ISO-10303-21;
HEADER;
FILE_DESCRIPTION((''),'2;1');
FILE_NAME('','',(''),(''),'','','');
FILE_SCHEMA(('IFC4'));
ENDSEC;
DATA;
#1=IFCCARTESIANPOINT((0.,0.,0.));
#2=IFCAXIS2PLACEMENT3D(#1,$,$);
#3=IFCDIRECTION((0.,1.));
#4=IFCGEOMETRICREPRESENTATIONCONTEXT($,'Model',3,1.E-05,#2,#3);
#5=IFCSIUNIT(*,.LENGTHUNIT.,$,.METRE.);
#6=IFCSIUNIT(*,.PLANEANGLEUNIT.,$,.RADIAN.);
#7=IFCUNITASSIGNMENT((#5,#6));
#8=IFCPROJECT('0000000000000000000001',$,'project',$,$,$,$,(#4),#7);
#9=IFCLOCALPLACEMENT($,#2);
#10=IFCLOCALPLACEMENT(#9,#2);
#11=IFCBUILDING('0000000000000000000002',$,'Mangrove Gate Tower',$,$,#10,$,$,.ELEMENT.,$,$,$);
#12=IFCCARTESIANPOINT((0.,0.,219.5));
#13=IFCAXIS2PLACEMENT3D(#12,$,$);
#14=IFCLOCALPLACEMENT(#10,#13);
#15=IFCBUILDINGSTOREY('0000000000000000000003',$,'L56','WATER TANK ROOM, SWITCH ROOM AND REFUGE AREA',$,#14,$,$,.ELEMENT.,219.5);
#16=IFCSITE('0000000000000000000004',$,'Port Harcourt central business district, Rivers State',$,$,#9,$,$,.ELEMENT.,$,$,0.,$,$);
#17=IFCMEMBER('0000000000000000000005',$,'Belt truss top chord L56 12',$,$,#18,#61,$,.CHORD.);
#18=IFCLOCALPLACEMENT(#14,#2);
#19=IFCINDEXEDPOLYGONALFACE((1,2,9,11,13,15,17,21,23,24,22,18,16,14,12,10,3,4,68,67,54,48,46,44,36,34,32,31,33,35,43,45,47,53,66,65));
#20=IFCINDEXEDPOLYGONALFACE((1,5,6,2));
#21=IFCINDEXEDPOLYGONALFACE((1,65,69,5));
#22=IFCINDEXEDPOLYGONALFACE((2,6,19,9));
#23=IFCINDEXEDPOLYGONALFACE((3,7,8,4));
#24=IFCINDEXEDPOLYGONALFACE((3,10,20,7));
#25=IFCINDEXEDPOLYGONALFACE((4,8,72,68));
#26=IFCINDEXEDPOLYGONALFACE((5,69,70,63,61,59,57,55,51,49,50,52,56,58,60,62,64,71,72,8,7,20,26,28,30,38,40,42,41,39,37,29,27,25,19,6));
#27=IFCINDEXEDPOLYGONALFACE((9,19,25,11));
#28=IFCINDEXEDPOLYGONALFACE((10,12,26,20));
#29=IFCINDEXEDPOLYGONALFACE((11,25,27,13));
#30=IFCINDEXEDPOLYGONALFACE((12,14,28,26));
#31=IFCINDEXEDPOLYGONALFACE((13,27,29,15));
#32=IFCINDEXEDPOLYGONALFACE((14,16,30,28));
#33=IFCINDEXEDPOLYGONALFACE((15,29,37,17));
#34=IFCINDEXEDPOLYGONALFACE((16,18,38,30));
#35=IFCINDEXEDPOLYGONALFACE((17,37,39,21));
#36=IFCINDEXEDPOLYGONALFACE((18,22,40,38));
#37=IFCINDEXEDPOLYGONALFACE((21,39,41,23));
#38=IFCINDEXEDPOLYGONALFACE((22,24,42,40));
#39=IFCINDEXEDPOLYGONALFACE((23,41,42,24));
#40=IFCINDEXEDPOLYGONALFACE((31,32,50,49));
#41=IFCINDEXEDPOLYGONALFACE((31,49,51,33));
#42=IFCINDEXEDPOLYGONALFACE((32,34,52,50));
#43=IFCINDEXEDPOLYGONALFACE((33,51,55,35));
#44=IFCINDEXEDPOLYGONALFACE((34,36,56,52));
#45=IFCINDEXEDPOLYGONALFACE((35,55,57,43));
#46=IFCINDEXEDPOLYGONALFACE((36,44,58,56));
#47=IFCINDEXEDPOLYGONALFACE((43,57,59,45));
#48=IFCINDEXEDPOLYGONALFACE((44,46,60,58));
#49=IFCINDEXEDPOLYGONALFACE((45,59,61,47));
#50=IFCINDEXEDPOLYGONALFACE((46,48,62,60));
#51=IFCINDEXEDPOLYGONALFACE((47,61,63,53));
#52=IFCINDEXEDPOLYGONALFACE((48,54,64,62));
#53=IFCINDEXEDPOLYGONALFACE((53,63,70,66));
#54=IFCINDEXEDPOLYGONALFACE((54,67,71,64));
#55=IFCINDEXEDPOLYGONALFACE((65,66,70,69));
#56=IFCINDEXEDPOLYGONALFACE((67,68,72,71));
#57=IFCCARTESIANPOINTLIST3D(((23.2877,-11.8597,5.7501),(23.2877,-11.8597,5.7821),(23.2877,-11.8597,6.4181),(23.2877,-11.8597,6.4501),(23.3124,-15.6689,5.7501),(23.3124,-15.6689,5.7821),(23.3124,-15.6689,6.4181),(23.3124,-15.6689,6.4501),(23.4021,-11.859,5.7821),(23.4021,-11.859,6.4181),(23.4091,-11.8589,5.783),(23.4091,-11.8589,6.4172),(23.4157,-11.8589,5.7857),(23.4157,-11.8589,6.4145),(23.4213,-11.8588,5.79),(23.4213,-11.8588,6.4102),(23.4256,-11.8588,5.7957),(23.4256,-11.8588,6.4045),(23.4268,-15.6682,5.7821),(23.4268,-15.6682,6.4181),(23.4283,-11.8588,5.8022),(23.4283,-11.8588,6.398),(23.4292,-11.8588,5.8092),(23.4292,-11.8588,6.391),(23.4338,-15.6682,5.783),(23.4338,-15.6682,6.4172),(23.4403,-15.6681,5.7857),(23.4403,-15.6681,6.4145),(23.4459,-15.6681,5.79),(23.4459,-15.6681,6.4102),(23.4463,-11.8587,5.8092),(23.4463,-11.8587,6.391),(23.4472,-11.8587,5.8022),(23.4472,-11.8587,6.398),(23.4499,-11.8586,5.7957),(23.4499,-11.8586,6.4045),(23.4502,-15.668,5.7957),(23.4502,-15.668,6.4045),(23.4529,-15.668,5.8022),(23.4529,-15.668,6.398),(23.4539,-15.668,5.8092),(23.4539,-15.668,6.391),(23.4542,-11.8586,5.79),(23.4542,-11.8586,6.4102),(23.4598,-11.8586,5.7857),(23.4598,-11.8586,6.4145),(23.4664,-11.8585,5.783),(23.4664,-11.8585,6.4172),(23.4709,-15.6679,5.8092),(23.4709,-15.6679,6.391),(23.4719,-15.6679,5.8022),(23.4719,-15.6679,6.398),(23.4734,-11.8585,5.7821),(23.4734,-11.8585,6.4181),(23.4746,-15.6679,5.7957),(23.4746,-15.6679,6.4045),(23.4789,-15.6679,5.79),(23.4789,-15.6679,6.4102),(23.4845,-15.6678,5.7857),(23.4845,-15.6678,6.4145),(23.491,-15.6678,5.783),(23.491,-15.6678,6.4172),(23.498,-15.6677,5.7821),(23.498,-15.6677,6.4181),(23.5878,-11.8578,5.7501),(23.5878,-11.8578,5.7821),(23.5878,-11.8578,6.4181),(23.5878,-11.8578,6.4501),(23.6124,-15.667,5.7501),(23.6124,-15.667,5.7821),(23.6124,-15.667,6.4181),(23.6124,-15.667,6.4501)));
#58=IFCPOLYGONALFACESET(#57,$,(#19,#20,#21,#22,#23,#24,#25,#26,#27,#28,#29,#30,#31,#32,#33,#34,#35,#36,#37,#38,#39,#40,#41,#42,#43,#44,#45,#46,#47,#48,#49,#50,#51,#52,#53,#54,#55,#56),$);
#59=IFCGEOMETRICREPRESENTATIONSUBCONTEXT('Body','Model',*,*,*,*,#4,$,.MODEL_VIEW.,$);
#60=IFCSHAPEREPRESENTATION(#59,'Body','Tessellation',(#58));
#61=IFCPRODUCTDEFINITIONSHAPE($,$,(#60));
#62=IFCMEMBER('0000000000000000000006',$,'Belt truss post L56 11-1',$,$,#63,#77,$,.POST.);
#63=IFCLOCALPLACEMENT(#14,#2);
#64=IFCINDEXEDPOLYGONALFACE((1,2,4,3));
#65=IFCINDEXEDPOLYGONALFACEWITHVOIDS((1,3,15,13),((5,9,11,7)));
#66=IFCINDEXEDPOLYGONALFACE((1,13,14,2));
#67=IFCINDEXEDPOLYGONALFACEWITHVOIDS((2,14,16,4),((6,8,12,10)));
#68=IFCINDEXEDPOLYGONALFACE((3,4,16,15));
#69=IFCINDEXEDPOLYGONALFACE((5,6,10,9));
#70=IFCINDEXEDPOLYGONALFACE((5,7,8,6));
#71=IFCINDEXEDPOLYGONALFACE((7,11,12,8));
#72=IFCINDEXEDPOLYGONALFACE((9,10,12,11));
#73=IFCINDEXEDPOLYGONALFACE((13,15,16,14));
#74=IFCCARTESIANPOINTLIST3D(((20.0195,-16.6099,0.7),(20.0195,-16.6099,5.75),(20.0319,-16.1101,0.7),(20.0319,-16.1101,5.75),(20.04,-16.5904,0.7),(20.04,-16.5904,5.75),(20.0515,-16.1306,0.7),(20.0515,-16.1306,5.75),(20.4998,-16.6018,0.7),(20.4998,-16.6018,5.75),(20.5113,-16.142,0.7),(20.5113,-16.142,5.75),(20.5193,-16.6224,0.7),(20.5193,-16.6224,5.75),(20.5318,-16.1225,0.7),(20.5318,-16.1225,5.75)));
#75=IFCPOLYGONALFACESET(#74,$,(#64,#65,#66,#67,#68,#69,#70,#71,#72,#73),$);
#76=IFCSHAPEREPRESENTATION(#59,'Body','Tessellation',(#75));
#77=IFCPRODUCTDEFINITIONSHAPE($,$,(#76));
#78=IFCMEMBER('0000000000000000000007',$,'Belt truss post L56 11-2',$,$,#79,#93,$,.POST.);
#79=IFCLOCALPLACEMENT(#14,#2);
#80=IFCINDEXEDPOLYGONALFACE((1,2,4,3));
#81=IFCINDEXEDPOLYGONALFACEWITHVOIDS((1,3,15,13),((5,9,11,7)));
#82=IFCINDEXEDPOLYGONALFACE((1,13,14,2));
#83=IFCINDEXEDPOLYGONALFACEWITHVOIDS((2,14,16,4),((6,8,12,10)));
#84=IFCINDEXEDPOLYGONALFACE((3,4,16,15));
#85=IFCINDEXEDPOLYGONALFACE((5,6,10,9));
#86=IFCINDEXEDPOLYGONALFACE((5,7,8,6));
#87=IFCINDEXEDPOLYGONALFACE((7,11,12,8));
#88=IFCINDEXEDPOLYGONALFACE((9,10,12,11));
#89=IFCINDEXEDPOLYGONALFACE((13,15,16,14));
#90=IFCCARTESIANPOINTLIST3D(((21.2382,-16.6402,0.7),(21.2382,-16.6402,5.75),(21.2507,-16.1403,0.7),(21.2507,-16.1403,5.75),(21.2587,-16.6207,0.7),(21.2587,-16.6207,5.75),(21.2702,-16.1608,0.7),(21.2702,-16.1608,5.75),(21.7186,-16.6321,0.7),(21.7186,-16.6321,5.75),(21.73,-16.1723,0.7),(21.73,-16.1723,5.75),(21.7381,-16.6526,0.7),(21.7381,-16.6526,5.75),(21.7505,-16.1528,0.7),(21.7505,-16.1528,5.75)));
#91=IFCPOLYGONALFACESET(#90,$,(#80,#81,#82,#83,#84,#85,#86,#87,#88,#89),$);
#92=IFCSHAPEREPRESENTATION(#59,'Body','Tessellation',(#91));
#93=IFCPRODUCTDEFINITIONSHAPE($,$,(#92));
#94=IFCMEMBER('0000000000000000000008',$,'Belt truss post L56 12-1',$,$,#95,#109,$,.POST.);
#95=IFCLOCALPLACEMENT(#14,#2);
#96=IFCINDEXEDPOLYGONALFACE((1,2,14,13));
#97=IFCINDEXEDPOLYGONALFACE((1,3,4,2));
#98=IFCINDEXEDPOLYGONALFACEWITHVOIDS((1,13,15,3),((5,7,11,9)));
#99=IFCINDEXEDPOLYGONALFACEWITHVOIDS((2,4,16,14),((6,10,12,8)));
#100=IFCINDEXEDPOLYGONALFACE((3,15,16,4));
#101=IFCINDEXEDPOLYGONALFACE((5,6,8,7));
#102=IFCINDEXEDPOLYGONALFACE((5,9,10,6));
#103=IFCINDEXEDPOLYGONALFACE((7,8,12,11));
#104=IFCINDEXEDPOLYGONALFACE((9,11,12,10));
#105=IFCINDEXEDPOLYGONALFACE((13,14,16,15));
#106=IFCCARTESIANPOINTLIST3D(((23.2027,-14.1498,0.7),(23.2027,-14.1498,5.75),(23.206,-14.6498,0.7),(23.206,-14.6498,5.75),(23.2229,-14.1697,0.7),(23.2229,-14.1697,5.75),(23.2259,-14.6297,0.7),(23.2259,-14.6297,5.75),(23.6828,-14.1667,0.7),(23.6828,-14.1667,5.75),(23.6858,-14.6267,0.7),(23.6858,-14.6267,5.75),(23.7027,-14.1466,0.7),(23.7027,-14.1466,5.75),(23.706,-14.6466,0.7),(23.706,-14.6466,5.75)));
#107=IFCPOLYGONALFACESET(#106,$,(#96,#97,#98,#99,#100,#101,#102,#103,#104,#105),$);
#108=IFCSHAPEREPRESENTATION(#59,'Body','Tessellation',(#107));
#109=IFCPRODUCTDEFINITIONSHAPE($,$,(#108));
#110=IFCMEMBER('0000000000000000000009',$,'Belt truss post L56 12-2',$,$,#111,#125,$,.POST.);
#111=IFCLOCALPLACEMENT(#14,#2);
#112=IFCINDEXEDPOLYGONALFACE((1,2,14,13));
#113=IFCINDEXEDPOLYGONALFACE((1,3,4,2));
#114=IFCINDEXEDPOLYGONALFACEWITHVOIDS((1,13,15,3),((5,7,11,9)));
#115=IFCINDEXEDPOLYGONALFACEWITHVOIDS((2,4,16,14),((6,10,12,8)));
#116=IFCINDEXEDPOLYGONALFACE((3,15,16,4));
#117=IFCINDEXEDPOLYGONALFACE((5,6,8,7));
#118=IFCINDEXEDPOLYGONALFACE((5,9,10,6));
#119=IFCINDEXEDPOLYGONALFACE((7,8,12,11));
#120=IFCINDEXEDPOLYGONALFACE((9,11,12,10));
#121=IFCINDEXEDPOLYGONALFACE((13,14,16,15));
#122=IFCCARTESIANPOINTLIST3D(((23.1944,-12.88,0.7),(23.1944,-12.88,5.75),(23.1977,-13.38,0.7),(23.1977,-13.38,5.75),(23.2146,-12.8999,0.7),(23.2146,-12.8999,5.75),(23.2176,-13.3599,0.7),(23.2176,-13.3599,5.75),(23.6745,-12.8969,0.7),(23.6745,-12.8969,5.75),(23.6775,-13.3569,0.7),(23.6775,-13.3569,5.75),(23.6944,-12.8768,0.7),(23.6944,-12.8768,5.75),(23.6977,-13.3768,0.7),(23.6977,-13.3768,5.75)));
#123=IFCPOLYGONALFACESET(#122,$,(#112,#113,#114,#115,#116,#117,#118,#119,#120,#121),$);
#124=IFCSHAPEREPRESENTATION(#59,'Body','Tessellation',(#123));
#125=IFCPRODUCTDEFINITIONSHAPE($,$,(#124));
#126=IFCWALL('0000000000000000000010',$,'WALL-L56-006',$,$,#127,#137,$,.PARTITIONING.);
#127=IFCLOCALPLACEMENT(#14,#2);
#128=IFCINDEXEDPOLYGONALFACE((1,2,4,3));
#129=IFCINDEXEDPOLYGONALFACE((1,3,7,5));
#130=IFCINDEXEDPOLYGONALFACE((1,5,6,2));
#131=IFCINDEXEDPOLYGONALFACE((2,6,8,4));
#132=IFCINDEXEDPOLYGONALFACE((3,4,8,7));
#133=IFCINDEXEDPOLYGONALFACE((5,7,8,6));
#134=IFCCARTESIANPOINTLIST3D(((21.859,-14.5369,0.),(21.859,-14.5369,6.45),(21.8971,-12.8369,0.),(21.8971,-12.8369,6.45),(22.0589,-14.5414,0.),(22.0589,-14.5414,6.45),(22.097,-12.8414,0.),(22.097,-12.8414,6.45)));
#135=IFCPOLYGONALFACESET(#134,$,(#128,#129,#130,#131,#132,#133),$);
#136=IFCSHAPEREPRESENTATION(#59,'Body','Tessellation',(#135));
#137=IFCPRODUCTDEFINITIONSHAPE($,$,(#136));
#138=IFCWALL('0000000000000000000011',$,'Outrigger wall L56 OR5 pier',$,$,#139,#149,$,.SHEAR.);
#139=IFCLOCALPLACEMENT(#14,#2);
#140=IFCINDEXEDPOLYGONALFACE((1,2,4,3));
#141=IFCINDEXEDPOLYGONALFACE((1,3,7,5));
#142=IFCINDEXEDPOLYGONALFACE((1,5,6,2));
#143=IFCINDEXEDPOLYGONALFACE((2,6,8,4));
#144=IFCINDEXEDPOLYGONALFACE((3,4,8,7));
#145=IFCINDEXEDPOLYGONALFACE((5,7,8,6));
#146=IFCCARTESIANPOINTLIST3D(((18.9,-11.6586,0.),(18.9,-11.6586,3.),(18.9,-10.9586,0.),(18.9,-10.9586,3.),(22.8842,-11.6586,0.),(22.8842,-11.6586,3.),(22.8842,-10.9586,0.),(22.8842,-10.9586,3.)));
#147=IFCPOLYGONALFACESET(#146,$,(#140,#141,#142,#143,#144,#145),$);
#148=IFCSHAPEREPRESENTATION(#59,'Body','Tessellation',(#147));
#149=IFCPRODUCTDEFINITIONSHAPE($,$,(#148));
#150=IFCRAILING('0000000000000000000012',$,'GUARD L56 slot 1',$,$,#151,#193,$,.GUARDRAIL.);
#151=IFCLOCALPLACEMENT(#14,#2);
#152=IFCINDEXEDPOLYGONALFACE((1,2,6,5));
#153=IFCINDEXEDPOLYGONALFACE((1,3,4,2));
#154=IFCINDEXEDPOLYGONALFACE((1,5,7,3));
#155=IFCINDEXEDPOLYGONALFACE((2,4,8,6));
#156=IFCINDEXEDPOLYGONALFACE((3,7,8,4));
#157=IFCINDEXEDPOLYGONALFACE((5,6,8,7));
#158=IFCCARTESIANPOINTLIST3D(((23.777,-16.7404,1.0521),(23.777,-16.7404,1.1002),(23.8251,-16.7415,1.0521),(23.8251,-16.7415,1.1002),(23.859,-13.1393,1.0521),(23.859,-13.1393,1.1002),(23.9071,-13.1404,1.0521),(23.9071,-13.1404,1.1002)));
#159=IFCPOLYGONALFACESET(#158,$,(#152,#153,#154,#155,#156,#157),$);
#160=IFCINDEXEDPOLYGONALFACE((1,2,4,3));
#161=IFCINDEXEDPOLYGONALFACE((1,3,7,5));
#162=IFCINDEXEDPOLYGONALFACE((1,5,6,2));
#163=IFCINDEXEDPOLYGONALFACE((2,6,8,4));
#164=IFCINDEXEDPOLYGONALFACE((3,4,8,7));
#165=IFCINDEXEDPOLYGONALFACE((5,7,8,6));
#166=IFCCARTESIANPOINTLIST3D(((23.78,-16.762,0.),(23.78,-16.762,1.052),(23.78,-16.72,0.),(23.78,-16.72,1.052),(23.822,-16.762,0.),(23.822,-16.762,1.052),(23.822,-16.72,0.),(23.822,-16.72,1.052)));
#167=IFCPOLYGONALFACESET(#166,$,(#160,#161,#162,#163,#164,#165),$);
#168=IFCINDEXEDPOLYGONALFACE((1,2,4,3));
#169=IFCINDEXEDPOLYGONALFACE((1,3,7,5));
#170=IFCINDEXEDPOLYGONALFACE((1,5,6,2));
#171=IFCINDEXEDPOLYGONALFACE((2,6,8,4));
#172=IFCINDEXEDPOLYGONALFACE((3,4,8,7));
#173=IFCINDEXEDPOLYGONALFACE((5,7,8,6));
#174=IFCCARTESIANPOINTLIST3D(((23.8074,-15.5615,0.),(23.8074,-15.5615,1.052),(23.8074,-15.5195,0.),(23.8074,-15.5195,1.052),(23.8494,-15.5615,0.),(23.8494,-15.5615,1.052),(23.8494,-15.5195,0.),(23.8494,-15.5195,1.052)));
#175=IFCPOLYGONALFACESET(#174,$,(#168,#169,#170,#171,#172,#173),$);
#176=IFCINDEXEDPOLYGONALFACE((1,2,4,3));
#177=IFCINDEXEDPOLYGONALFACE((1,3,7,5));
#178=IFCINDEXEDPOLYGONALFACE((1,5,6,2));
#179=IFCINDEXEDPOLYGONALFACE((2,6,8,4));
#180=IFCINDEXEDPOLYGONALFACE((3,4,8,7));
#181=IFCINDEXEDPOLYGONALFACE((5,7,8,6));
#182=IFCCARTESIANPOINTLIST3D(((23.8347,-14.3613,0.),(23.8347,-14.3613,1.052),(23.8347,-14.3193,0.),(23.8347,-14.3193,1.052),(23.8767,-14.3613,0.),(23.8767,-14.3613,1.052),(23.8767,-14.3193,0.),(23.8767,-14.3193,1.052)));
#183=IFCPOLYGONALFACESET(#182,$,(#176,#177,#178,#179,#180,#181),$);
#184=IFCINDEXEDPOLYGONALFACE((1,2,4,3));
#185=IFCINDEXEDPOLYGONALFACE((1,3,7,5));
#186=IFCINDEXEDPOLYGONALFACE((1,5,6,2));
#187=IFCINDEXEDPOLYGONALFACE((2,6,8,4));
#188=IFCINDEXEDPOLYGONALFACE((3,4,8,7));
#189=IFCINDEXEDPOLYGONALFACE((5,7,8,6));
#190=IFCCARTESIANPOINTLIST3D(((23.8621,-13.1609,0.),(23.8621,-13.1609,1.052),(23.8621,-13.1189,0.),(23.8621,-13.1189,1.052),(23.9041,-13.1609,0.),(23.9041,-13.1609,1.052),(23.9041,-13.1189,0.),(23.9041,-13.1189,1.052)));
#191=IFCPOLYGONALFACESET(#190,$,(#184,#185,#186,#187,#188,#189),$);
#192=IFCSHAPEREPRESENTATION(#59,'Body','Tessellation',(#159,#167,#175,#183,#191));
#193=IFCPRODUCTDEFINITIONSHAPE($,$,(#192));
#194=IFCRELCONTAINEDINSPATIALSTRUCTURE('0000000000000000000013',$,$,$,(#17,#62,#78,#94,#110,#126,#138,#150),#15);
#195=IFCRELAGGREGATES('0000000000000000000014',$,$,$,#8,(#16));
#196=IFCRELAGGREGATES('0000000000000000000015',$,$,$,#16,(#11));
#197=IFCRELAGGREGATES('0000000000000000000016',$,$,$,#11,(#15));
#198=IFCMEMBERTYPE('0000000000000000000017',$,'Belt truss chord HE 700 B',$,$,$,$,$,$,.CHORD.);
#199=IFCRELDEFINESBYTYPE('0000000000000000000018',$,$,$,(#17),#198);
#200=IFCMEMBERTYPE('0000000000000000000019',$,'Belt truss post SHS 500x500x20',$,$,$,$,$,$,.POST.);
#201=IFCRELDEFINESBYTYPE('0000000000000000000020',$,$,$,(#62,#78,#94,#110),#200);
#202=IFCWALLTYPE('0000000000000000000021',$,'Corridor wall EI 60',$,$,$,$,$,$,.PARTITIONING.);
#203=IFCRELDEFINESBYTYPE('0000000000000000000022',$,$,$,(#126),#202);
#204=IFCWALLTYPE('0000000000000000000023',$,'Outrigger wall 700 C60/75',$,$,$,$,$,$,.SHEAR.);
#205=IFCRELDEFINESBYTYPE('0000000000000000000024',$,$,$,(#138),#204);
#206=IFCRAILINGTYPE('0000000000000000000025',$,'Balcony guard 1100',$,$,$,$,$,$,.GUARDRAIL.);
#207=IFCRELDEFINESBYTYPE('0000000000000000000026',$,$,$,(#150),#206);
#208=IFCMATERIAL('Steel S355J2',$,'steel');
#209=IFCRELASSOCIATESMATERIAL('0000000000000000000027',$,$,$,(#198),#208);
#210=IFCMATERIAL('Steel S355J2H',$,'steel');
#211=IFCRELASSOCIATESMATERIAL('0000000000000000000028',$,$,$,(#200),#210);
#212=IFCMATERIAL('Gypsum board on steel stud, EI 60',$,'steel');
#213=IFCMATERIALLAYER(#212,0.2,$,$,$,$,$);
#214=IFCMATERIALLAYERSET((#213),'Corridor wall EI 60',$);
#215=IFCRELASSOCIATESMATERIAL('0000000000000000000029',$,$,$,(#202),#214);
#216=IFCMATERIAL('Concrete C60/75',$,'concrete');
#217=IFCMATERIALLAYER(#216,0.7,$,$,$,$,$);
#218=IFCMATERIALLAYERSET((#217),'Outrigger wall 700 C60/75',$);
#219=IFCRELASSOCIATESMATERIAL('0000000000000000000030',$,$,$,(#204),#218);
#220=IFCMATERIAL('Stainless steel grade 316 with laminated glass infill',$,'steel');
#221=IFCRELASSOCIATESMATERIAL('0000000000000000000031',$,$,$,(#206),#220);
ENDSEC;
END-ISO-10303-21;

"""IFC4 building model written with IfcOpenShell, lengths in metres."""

from ifc_helpers import new_model, si_unit, direction, frame, frame_2d, origin, origin_2d, place, context, subcontext, project, spatial, rectangle, hollow_rectangle, i_section, extrude, material, layer, layer_set, material_profile, profile_set, type_object, element, save


model = new_model("IFC4")

# Units and contexts
model_context = context("Model", 3, precision=1e-05, world=origin(), true_north=direction((0.0, 1.0)))
body_context = subcontext(model_context, "Body", "Model", "MODEL_VIEW")
ifc_project = project(units=[si_unit("LENGTHUNIT", "METRE"), si_unit("PLANEANGLEUNIT", "RADIAN")], contexts=[model_context])

# Site, building, storey
site_placement = place(None, origin())
site = spatial("IfcSite", under=ifc_project, at=site_placement, Name="Port Harcourt central business district, Rivers State", CompositionType="ELEMENT", RefElevation=0.0)
building_placement = place(site_placement, origin())
building = spatial("IfcBuilding", under=site, at=building_placement, Name="Mangrove Gate Tower", CompositionType="ELEMENT")
storey_placement = place(building_placement, frame((0.0, 0.0, 219.5)))
storey = spatial("IfcBuildingStorey", under=building, at=storey_placement, Name="L56", Description="WATER TANK ROOM, SWITCH ROOM AND REFUGE AREA", CompositionType="ELEMENT", Elevation=219.5)

# Members
ifc_material_1 = material(Name="Steel S355J2", Category="steel")
ifc_material_profile_1 = material_profile(ifc_material_1, i_section(OverallWidth=0.3, OverallDepth=0.7, WebThickness=0.0171, FlangeThickness=0.032, FilletRadius=0.0271, at=origin_2d()))
ifc_profile_set_1 = profile_set([ifc_material_profile_1], Name="Steel S355J2")
member_type_1 = type_object("IfcMemberType", Name="Belt truss chord HE 700 B", PredefinedType="CHORD", material=ifc_profile_set_1)
for number, where, z_axis, x_axis, name in (
    (1, (23.4624, -15.668, 6.1001), (-0.006473, 0.999979, 0.0), (-0.999979, -0.006473, 0.0), "Belt truss top chord L56 12"),
):
    element("IfcMember", number, at=place(storey_placement, frame(where, z_axis=z_axis, x_axis=x_axis)), inside=storey, type_object=member_type_1, Name=name, PredefinedType="CHORD", context=body_context, shape_type="SweptSolid", body=[
        extrude(i_section(OverallWidth=0.3, OverallDepth=0.7, WebThickness=0.0171, FlangeThickness=0.032, FilletRadius=0.0271, at=origin_2d()), origin(), (0.0, 0.0, 1.0), 3.8093),
    ])
ifc_material_2 = material(Name="Steel S355J2H", Category="steel")
ifc_material_profile_2 = material_profile(ifc_material_2, hollow_rectangle(XDim=0.5, YDim=0.5, WallThickness=0.02, at=origin_2d()))
ifc_profile_set_2 = profile_set([ifc_material_profile_2], Name="Steel S355J2H")
member_type_2 = type_object("IfcMemberType", Name="Belt truss post SHS 500x500x20", PredefinedType="POST", material=ifc_profile_set_2)
for number, where, z_axis, x_axis, name in (
    (2, (20.2756, -16.3662, 0.7), (0.0, 0.0, 1.0), (0.99969, -0.02491, 0.0), "Belt truss post L56 11-1"),
    (3, (21.4944, -16.3965, 0.7), (0.0, 0.0, 1.0), (0.99969, -0.02491, 0.0), "Belt truss post L56 11-2"),
    (4, (23.4543, -14.3982, 0.7), (0.0, 0.0, 1.0), (-0.006505, 0.999979, 0.0), "Belt truss post L56 12-1"),
    (5, (23.446, -13.1284, 0.7), (0.0, 0.0, 1.0), (-0.006505, 0.999979, 0.0), "Belt truss post L56 12-2"),
):
    element("IfcMember", number, at=place(storey_placement, frame(where, z_axis=z_axis, x_axis=x_axis)), inside=storey, type_object=member_type_2, Name=name, PredefinedType="POST", context=body_context, shape_type="SweptSolid", body=[
        extrude(hollow_rectangle(XDim=0.5, YDim=0.5, WallThickness=0.02, at=origin_2d()), origin(), (0.0, 0.0, 1.0), 5.05),
    ])

# Walls
ifc_material_3 = material(Name="Gypsum board on steel stud, EI 60", Category="steel")
ifc_layer_1 = layer(ifc_material_3, 0.2)
ifc_layer_set_1 = layer_set([ifc_layer_1], Name="Corridor wall EI 60")
wall_type_1 = type_object("IfcWallType", Name="Corridor wall EI 60", PredefinedType="PARTITIONING", material=ifc_layer_set_1)
wall_1_placement = place(storey_placement, frame((21.959, -14.5391, 0.0), z_axis=(0.0, 0.0, 1.0), x_axis=(0.022399, 0.999749, 0.0)))
element("IfcWall", 6, at=wall_1_placement, inside=storey, type_object=wall_type_1, Name="WALL-L56-006", PredefinedType="PARTITIONING", context=body_context, shape_type="SweptSolid", body=[
    extrude(rectangle(XDim=1.7004, YDim=0.2, at=frame_2d((0.8501, 0.0))), origin(), (0.0, 0.0, 1.0), 6.45),
])
ifc_material_4 = material(Name="Concrete C60/75", Category="concrete")
ifc_layer_2 = layer(ifc_material_4, 0.7)
ifc_layer_set_2 = layer_set([ifc_layer_2], Name="Outrigger wall 700 C60/75")
wall_type_2 = type_object("IfcWallType", Name="Outrigger wall 700 C60/75", PredefinedType="SHEAR", material=ifc_layer_set_2)
wall_2_placement = place(storey_placement, frame((18.8999, -11.3086, 0.0), z_axis=(0.0, 0.0, 1.0), x_axis=(1.0, 0.0, 0.0)))
element("IfcWall", 7, at=wall_2_placement, inside=storey, type_object=wall_type_2, Name="Outrigger wall L56 OR5 pier", PredefinedType="SHEAR", context=body_context, shape_type="SweptSolid", body=[
    extrude(rectangle(XDim=3.9841, YDim=0.7, at=frame_2d((1.9922, 0.0))), origin(), (0.0, 0.0, 1.0), 3.0),
])

# Railing
ifc_material_5 = material(Name="Stainless steel grade 316 with laminated glass infill", Category="steel")
railing_type = type_object("IfcRailingType", Name="Balcony guard 1100", PredefinedType="GUARDRAIL", material=ifc_material_5)
for number, where, name in (
    (8, (23.801, -16.741, 0.0), "GUARD L56 slot 1"),
):
    element("IfcRailing", number, at=place(storey_placement, frame(where)), inside=storey, type_object=railing_type, Name=name, PredefinedType="GUARDRAIL", context=body_context, shape_type="SweptSolid", body=[
        extrude(rectangle(XDim=0.0481, YDim=0.0481, at=origin_2d()), frame((0.0, 0.0, 1.0762), z_axis=(0.022774, 0.999741, 0.0), x_axis=(-0.999741, 0.022774, 0.0)), (0.0, 0.0, 1.0), 3.6021),
        extrude(rectangle(XDim=0.042, YDim=0.042, at=origin_2d()), origin(), (0.0, 0.0, 1.0), 1.052),
        extrude(rectangle(XDim=0.042, YDim=0.042, at=origin_2d()), frame((0.0273, 1.2004, 0.0)), (0.0, 0.0, 1.0), 1.052),
        extrude(rectangle(XDim=0.042, YDim=0.042, at=origin_2d()), frame((0.0547, 2.4006, 0.0)), (0.0, 0.0, 1.0), 1.052),
        extrude(rectangle(XDim=0.042, YDim=0.042, at=origin_2d()), frame((0.082, 3.6011, 0.0)), (0.0, 0.0, 1.0), 1.052),
    ])

save(model, "model.ifc")
